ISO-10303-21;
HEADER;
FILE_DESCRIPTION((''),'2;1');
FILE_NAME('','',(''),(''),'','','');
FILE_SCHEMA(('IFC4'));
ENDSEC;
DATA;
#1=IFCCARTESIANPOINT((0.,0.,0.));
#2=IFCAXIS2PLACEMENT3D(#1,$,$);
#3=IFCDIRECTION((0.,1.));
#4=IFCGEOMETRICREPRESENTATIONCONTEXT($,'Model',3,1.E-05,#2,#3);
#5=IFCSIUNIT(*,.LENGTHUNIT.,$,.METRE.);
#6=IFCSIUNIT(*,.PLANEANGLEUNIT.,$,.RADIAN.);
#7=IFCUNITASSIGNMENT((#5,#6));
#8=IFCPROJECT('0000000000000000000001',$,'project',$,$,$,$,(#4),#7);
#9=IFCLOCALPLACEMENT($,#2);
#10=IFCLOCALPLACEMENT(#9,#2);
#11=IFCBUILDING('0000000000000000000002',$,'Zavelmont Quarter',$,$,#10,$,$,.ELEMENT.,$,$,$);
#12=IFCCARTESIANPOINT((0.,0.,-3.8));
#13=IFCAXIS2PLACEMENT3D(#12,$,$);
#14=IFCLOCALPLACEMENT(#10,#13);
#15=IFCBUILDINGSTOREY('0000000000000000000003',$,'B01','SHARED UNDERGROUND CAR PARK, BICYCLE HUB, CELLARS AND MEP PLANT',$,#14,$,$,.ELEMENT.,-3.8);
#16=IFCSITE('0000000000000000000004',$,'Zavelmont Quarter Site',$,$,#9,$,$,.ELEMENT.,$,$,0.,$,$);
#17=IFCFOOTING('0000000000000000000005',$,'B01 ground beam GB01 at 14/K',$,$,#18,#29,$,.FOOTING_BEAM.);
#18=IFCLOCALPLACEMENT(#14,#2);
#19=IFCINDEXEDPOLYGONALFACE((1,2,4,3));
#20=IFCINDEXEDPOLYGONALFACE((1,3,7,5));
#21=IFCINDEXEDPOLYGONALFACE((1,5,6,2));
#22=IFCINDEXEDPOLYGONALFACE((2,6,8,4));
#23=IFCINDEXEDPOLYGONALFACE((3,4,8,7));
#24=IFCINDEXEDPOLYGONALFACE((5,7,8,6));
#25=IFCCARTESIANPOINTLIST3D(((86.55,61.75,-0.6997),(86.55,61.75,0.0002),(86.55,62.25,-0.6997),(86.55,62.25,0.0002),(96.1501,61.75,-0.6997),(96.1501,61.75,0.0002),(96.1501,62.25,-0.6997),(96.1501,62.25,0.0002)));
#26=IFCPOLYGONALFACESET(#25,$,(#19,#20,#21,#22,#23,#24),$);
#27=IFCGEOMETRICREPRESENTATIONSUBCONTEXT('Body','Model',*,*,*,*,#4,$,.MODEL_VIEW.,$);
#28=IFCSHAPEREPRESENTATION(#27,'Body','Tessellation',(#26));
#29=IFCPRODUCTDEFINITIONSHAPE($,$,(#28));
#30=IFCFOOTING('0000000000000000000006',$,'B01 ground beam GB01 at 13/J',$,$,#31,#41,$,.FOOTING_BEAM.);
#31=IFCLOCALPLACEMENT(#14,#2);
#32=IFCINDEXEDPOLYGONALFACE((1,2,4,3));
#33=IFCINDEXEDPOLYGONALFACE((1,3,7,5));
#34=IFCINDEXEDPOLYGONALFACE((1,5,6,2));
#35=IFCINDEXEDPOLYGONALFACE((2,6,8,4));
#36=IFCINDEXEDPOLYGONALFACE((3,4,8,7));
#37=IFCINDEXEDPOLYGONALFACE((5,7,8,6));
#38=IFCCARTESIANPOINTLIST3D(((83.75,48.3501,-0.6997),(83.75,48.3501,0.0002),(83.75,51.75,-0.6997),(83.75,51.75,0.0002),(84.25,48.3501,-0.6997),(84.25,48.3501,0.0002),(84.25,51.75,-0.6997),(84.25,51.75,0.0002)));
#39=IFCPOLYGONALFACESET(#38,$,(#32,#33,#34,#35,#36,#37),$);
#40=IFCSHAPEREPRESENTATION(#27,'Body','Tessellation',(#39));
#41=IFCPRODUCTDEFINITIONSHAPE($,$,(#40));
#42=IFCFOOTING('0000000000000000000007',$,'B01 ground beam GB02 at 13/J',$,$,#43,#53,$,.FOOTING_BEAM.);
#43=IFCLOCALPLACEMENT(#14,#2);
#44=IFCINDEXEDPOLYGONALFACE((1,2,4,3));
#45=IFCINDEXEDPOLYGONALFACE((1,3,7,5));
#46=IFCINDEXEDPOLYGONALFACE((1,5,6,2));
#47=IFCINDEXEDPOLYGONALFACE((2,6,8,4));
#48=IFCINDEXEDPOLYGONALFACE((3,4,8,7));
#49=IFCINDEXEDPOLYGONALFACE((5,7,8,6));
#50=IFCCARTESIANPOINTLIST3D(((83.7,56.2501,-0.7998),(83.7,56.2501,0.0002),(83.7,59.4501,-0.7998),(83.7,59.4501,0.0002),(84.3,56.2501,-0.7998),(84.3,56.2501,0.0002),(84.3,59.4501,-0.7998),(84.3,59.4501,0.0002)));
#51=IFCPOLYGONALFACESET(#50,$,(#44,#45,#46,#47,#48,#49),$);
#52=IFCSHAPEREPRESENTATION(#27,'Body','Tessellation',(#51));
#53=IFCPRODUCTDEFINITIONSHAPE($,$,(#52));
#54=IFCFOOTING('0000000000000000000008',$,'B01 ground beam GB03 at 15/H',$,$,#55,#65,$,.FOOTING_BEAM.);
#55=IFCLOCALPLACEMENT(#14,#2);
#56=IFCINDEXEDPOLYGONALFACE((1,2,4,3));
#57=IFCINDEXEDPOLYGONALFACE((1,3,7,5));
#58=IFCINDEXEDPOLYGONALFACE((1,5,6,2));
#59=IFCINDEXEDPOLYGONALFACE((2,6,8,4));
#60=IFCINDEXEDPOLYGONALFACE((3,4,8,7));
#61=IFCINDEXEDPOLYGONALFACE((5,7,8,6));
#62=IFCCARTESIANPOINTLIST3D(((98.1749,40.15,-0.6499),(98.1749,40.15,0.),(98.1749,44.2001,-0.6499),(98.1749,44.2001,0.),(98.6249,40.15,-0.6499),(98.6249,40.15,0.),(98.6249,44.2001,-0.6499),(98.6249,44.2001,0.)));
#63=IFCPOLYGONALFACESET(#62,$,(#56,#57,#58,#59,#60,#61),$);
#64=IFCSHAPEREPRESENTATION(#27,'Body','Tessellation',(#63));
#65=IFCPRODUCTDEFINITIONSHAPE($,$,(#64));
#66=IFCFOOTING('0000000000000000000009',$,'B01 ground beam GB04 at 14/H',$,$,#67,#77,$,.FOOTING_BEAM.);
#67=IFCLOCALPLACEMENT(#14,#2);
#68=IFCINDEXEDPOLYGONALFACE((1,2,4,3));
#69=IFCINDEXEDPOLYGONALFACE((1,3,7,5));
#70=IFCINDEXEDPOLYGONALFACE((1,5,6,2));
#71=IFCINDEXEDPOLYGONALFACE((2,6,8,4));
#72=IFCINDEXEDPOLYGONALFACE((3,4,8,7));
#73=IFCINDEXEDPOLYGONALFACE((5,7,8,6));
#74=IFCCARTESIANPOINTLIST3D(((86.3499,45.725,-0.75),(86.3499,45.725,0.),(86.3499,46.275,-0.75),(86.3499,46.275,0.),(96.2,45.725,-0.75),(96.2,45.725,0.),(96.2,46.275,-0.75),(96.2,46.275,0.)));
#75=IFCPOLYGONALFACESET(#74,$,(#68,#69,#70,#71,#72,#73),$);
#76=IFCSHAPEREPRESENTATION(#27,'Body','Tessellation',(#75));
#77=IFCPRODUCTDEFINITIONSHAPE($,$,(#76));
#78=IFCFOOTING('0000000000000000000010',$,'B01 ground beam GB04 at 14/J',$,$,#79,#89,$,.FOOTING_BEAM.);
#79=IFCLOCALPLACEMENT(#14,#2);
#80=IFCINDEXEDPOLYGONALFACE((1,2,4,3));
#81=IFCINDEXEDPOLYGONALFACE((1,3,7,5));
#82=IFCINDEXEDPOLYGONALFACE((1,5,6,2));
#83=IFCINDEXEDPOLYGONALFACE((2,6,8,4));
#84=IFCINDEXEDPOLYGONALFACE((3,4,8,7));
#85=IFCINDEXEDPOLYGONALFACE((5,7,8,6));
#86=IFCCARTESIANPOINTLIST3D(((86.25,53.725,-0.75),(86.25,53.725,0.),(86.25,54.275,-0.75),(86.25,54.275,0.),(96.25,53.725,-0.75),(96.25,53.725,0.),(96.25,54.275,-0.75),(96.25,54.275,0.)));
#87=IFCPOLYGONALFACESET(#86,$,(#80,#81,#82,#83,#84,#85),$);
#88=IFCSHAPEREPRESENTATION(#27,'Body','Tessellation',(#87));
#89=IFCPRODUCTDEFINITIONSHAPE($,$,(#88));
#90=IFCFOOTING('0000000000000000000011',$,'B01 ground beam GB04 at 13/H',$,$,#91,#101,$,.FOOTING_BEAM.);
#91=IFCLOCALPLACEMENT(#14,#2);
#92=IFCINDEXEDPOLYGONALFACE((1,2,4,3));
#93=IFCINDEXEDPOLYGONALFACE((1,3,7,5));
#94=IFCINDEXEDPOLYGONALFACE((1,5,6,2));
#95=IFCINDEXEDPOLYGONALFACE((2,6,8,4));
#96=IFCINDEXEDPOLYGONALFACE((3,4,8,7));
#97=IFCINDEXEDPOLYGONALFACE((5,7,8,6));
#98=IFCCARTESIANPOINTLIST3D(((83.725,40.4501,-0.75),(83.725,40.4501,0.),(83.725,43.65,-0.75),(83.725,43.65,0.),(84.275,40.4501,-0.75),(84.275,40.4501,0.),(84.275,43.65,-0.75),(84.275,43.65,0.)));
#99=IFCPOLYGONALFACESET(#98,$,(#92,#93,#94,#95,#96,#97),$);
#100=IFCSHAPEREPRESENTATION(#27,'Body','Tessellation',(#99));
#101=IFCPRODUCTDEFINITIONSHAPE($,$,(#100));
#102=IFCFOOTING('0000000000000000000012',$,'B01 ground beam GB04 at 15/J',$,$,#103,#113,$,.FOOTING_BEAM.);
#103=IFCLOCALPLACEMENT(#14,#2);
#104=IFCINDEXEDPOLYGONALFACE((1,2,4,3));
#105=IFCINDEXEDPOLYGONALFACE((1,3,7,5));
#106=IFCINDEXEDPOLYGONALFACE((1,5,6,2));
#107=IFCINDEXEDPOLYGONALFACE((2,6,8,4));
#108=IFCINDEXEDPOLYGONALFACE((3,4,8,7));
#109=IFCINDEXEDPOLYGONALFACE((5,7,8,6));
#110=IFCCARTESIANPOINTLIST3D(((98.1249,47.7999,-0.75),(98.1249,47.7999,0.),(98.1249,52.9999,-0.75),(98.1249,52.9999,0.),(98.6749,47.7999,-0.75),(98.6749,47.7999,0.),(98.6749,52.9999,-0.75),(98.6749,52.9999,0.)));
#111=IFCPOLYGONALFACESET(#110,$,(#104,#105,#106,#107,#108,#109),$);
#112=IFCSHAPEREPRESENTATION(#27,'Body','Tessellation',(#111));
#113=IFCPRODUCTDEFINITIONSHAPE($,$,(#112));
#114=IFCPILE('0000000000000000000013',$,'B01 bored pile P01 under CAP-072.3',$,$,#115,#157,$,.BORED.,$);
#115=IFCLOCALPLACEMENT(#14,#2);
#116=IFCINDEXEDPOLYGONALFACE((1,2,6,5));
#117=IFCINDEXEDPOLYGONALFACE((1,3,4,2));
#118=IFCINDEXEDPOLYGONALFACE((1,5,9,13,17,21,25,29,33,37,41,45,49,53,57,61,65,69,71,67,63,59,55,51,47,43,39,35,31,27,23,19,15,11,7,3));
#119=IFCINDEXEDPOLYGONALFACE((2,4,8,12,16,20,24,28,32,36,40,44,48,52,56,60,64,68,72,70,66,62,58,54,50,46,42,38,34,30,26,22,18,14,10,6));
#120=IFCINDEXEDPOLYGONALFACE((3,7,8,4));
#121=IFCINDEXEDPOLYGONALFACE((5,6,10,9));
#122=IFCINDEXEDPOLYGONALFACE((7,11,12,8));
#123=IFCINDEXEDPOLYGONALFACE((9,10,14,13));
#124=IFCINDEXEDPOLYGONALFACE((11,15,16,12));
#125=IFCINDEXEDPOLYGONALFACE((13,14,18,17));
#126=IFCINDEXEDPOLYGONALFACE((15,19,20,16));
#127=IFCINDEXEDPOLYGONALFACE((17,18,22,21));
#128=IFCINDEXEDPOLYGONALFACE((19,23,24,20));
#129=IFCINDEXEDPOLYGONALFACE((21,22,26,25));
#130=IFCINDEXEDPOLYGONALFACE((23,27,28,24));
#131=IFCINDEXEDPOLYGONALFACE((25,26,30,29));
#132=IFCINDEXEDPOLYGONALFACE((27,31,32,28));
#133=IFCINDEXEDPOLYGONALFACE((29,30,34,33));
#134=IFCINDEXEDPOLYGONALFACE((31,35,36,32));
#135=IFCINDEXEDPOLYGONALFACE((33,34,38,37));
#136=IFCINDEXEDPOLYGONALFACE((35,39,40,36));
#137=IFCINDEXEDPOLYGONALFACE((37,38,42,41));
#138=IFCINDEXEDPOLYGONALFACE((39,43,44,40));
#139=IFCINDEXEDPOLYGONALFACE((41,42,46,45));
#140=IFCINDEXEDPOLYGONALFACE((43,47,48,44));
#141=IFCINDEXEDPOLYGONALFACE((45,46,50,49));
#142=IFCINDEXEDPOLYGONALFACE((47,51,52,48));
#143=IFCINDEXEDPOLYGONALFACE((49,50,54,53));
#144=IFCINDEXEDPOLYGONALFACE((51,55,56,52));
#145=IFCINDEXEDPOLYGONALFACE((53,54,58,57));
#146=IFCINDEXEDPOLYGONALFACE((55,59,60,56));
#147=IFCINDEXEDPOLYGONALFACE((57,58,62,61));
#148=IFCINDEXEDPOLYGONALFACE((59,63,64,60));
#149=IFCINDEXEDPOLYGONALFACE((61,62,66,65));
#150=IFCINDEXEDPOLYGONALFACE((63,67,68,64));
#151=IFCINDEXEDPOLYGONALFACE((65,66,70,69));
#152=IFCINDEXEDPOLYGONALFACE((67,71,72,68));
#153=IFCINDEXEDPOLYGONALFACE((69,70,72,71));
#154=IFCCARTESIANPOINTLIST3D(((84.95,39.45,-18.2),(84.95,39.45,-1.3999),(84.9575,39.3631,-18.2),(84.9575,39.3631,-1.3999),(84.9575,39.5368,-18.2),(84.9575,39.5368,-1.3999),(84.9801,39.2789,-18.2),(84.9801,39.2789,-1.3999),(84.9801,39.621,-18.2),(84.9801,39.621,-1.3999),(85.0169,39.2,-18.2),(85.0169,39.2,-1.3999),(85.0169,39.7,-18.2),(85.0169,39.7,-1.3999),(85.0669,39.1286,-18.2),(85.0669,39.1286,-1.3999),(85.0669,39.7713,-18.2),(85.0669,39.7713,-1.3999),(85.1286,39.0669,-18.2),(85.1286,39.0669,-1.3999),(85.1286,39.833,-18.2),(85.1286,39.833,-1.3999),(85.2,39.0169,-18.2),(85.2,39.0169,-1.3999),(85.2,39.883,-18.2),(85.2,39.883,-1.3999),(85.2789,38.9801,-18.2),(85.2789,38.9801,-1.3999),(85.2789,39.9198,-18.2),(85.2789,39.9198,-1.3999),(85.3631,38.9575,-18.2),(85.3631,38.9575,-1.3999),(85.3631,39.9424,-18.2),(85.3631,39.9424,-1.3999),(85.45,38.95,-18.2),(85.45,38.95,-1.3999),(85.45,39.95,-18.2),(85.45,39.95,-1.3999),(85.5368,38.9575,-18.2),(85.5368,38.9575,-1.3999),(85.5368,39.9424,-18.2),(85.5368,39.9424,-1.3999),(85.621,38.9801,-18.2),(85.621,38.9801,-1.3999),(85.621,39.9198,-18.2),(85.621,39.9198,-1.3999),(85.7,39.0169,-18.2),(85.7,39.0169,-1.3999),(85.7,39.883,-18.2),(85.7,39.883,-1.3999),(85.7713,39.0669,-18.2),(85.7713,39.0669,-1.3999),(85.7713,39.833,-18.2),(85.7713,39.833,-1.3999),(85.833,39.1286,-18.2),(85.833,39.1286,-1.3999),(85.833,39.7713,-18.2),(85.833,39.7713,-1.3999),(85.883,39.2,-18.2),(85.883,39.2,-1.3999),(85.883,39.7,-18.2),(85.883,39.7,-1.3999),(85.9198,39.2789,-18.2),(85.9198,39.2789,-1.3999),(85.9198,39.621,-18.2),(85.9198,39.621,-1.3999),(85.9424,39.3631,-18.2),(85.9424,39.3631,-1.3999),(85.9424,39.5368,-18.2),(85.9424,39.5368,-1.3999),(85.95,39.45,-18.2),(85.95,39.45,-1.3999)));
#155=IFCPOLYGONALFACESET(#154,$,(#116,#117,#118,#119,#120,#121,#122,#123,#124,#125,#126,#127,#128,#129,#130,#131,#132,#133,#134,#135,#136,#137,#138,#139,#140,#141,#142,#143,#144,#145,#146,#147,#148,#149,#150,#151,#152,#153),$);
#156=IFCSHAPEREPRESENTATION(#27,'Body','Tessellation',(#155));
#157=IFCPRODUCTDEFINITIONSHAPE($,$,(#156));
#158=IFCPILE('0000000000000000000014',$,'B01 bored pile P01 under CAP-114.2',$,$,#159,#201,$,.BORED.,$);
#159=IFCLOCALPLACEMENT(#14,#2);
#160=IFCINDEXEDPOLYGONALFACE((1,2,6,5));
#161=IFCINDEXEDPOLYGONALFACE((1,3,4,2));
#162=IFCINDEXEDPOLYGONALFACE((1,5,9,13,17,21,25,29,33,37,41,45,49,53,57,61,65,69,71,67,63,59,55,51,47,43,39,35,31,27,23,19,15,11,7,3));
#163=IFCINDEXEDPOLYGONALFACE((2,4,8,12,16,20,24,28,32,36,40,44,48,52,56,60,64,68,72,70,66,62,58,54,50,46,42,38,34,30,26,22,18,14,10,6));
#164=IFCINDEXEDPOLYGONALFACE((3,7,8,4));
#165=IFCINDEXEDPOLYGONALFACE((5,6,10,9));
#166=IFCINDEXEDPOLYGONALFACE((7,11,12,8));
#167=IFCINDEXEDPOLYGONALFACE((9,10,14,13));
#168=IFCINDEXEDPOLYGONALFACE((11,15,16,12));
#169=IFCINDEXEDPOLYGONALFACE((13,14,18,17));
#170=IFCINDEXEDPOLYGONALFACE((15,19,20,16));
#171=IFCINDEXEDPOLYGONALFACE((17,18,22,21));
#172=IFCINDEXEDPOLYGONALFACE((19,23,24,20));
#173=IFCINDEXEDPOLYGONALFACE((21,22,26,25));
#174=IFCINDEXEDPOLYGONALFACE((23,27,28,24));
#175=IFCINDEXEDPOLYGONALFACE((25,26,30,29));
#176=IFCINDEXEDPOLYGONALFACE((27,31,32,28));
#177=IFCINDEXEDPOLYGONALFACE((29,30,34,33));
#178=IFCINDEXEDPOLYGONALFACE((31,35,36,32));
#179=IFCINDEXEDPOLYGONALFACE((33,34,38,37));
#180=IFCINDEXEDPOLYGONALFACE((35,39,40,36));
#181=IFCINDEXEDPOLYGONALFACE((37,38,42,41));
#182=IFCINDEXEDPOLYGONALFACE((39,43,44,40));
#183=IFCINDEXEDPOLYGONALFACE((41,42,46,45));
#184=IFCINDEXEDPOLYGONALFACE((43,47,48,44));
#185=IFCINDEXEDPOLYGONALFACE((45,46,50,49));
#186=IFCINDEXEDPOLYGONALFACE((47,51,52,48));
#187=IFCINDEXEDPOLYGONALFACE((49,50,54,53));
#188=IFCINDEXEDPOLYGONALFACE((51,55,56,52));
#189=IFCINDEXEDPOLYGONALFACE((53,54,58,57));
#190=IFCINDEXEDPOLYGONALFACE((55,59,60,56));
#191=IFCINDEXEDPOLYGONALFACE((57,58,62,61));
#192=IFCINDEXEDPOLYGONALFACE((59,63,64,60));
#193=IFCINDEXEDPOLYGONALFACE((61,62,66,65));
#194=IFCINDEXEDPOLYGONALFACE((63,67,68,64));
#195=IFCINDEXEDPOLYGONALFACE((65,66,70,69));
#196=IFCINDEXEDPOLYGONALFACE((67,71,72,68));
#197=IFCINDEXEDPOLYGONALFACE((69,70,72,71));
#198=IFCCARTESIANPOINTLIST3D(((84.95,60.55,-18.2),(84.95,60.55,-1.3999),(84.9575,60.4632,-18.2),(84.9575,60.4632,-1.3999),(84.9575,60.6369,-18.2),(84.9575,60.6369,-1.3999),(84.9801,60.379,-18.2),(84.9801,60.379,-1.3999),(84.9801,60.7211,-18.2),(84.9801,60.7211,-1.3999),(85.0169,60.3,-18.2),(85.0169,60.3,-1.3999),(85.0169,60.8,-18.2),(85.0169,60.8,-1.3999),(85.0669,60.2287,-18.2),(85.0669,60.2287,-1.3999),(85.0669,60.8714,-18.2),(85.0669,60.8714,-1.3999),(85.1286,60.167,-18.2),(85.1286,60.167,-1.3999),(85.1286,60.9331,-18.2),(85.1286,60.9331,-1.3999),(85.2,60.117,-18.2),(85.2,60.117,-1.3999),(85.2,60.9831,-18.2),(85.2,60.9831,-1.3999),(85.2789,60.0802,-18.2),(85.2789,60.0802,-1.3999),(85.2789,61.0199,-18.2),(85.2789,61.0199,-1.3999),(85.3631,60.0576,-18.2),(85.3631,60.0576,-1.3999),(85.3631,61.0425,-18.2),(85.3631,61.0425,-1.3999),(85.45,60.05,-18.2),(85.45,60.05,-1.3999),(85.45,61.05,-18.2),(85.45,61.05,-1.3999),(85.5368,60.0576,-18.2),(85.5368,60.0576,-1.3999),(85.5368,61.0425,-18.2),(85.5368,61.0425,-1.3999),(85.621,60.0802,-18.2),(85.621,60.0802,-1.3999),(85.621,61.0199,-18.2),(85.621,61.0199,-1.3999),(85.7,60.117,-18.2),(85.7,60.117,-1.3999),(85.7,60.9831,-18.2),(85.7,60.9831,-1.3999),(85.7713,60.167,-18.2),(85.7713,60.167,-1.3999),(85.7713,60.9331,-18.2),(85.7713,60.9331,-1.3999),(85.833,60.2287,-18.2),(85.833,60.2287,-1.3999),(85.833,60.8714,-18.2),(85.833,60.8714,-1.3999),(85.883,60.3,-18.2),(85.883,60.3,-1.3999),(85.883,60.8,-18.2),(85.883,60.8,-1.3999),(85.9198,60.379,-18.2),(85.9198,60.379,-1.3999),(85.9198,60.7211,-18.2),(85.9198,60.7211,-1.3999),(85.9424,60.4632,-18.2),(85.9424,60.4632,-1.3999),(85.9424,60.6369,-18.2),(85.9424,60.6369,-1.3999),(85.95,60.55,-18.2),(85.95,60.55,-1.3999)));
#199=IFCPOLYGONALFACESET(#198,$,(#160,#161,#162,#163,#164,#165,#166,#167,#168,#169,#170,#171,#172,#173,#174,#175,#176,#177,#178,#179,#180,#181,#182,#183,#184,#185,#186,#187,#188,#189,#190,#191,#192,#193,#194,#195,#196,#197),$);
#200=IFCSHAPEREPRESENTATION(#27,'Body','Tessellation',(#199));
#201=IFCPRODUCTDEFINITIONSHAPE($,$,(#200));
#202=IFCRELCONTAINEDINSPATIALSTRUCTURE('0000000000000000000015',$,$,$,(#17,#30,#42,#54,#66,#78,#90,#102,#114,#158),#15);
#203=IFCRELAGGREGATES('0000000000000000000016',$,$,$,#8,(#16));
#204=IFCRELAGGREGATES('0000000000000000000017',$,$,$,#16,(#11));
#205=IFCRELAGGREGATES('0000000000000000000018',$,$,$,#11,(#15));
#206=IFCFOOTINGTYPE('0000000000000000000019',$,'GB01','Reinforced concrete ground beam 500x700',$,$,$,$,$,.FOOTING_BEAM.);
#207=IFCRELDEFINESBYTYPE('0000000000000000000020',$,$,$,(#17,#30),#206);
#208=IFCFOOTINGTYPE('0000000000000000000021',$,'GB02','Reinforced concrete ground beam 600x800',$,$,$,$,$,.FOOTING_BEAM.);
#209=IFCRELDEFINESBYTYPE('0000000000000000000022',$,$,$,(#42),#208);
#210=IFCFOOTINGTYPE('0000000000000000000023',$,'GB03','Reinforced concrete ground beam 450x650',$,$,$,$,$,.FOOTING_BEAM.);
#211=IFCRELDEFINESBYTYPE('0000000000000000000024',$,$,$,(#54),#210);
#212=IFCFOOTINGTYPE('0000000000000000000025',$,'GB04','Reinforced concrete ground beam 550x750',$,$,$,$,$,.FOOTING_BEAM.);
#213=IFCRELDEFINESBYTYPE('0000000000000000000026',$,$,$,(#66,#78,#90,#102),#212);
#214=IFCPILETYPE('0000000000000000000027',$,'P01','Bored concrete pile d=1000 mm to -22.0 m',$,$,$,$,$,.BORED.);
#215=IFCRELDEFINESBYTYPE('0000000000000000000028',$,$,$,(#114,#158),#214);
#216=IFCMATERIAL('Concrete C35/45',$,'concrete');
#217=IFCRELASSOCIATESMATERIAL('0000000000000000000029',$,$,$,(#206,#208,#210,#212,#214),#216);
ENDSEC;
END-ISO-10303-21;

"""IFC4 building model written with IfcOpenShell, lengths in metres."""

from ifc_helpers import new_model, si_unit, direction, frame, origin, origin_2d, place, context, subcontext, project, spatial, rectangle, circle, extrude, material, material_profile, profile_set, type_object, element, save


model = new_model("IFC4")

# Units and contexts
model_context = context("Model", 3, precision=1e-05, world=origin(), true_north=direction((0.0, 1.0)))
body_context = subcontext(model_context, "Body", "Model", "MODEL_VIEW")
ifc_project = project(units=[si_unit("LENGTHUNIT", "METRE"), si_unit("PLANEANGLEUNIT", "RADIAN")], contexts=[model_context])

# Site, building, storey
site_placement = place(None, origin())
site = spatial("IfcSite", under=ifc_project, at=site_placement, Name="Zavelmont Quarter Site", CompositionType="ELEMENT", RefElevation=0.0)
building_placement = place(site_placement, origin())
building = spatial("IfcBuilding", under=site, at=building_placement, Name="Zavelmont Quarter", CompositionType="ELEMENT")
storey_placement = place(building_placement, frame((0.0, 0.0, -3.8)))
storey = spatial("IfcBuildingStorey", under=building, at=storey_placement, Name="B01", Description="SHARED UNDERGROUND CAR PARK, BICYCLE HUB, CELLARS AND MEP PLANT", CompositionType="ELEMENT", Elevation=-3.8)

# Footings
ifc_material_1 = material(Name="Concrete C35/45", Category="concrete")
footing_type_1 = type_object("IfcFootingType", Name="GB01", Description="Reinforced concrete ground beam 500x700", PredefinedType="FOOTING_BEAM", material=ifc_material_1)
footing_1_placement = place(storey_placement, frame((91.3501, 62.0, -0.6997), z_axis=(0.0, 0.0, 1.0), x_axis=(1.0, 0.0, 0.0)))
element("IfcFooting", 1, at=footing_1_placement, inside=storey, type_object=footing_type_1, Name="B01 ground beam GB01 at 14/K", PredefinedType="FOOTING_BEAM", context=body_context, shape_type="SweptSolid", body=[
    extrude(rectangle(XDim=9.6001, YDim=0.5, at=origin_2d()), origin(), (0.0, 0.0, 1.0), 0.7),
])
footing_2_placement = place(storey_placement, frame((84.0, 50.05, -0.6997), z_axis=(0.0, 0.0, 1.0), x_axis=(0.0, 1.0, 0.0)))
element("IfcFooting", 2, at=footing_2_placement, inside=storey, type_object=footing_type_1, Name="B01 ground beam GB01 at 13/J", PredefinedType="FOOTING_BEAM", context=body_context, shape_type="SweptSolid", body=[
    extrude(rectangle(XDim=3.3999, YDim=0.5, at=origin_2d()), origin(), (0.0, 0.0, 1.0), 0.7),
])
footing_type_2 = type_object("IfcFootingType", Name="GB02", Description="Reinforced concrete ground beam 600x800", PredefinedType="FOOTING_BEAM", material=ifc_material_1)
footing_3_placement = place(storey_placement, frame((84.0, 57.8501, -0.7998), z_axis=(0.0, 0.0, 1.0), x_axis=(0.0, 1.0, 0.0)))
element("IfcFooting", 3, at=footing_3_placement, inside=storey, type_object=footing_type_2, Name="B01 ground beam GB02 at 13/J", PredefinedType="FOOTING_BEAM", context=body_context, shape_type="SweptSolid", body=[
    extrude(rectangle(XDim=3.2, YDim=0.6001, at=origin_2d()), origin(), (0.0, 0.0, 1.0), 0.8),
])
footing_type_3 = type_object("IfcFootingType", Name="GB03", Description="Reinforced concrete ground beam 450x650", PredefinedType="FOOTING_BEAM", material=ifc_material_1)
footing_4_placement = place(storey_placement, frame((98.3999, 42.175, -0.6499), z_axis=(0.0, 0.0, 1.0), x_axis=(0.0, 1.0, 0.0)))
element("IfcFooting", 4, at=footing_4_placement, inside=storey, type_object=footing_type_3, Name="B01 ground beam GB03 at 15/H", PredefinedType="FOOTING_BEAM", context=body_context, shape_type="SweptSolid", body=[
    extrude(rectangle(XDim=4.05, YDim=0.45, at=origin_2d()), origin(), (0.0, 0.0, 1.0), 0.6499),
])
footing_type_4 = type_object("IfcFootingType", Name="GB04", Description="Reinforced concrete ground beam 550x750", PredefinedType="FOOTING_BEAM", material=ifc_material_1)
footing_5_placement = place(storey_placement, frame((91.2749, 46.0, -0.75), z_axis=(0.0, 0.0, 1.0), x_axis=(1.0, 0.0, 0.0)))
element("IfcFooting", 5, at=footing_5_placement, inside=storey, type_object=footing_type_4, Name="B01 ground beam GB04 at 14/H", PredefinedType="FOOTING_BEAM", context=body_context, shape_type="SweptSolid", body=[
    extrude(rectangle(XDim=9.8501, YDim=0.55, at=origin_2d()), origin(), (0.0, 0.0, 1.0), 0.75),
])
footing_6_placement = place(storey_placement, frame((91.25, 54.0, -0.75), z_axis=(0.0, 0.0, 1.0), x_axis=(1.0, 0.0, 0.0)))
element("IfcFooting", 6, at=footing_6_placement, inside=storey, type_object=footing_type_4, Name="B01 ground beam GB04 at 14/J", PredefinedType="FOOTING_BEAM", context=body_context, shape_type="SweptSolid", body=[
    extrude(rectangle(XDim=10.0, YDim=0.55, at=origin_2d()), origin(), (0.0, 0.0, 1.0), 0.75),
])
footing_7_placement = place(storey_placement, frame((84.0, 42.05, -0.75), z_axis=(0.0, 0.0, 1.0), x_axis=(0.0, 1.0, 0.0)))
element("IfcFooting", 7, at=footing_7_placement, inside=storey, type_object=footing_type_4, Name="B01 ground beam GB04 at 13/H", PredefinedType="FOOTING_BEAM", context=body_context, shape_type="SweptSolid", body=[
    extrude(rectangle(XDim=3.2, YDim=0.55, at=origin_2d()), origin(), (0.0, 0.0, 1.0), 0.75),
])
footing_8_placement = place(storey_placement, frame((98.3999, 50.3999, -0.75), z_axis=(0.0, 0.0, 1.0), x_axis=(0.0, 1.0, 0.0)))
element("IfcFooting", 8, at=footing_8_placement, inside=storey, type_object=footing_type_4, Name="B01 ground beam GB04 at 15/J", PredefinedType="FOOTING_BEAM", context=body_context, shape_type="SweptSolid", body=[
    extrude(rectangle(XDim=5.2, YDim=0.55, at=origin_2d()), origin(), (0.0, 0.0, 1.0), 0.75),
])

# Piles
ifc_material_profile_1 = material_profile(ifc_material_1, circle(Radius=0.5, at=origin_2d()), Name="BP1000")
ifc_profile_set_1 = profile_set([ifc_material_profile_1], Name="Concrete C35/45")
pile_type_1 = type_object("IfcPileType", Name="P01", Description="Bored concrete pile d=1000 mm to -22.0 m", PredefinedType="BORED", material=ifc_profile_set_1)
for number, where, z_axis, x_axis, name in (
    (9, (85.45, 39.45, -1.3999), (0.0, 0.0, -1.0), (1.0, 0.0, 0.0), "B01 bored pile P01 under CAP-072.3"),
    (10, (85.45, 60.55, -1.3999), (0.0, 0.0, -1.0), (1.0, 0.0, 0.0), "B01 bored pile P01 under CAP-114.2"),
):
    element("IfcPile", number, at=place(storey_placement, frame(where, z_axis=z_axis, x_axis=x_axis)), inside=storey, type_object=pile_type_1, Name=name, PredefinedType="BORED", context=body_context, shape_type="SweptSolid", body=[
        extrude(circle(Radius=0.5, at=origin_2d()), origin(), (0.0, 0.0, 1.0), 16.8),
    ])

save(model, "model.ifc")
